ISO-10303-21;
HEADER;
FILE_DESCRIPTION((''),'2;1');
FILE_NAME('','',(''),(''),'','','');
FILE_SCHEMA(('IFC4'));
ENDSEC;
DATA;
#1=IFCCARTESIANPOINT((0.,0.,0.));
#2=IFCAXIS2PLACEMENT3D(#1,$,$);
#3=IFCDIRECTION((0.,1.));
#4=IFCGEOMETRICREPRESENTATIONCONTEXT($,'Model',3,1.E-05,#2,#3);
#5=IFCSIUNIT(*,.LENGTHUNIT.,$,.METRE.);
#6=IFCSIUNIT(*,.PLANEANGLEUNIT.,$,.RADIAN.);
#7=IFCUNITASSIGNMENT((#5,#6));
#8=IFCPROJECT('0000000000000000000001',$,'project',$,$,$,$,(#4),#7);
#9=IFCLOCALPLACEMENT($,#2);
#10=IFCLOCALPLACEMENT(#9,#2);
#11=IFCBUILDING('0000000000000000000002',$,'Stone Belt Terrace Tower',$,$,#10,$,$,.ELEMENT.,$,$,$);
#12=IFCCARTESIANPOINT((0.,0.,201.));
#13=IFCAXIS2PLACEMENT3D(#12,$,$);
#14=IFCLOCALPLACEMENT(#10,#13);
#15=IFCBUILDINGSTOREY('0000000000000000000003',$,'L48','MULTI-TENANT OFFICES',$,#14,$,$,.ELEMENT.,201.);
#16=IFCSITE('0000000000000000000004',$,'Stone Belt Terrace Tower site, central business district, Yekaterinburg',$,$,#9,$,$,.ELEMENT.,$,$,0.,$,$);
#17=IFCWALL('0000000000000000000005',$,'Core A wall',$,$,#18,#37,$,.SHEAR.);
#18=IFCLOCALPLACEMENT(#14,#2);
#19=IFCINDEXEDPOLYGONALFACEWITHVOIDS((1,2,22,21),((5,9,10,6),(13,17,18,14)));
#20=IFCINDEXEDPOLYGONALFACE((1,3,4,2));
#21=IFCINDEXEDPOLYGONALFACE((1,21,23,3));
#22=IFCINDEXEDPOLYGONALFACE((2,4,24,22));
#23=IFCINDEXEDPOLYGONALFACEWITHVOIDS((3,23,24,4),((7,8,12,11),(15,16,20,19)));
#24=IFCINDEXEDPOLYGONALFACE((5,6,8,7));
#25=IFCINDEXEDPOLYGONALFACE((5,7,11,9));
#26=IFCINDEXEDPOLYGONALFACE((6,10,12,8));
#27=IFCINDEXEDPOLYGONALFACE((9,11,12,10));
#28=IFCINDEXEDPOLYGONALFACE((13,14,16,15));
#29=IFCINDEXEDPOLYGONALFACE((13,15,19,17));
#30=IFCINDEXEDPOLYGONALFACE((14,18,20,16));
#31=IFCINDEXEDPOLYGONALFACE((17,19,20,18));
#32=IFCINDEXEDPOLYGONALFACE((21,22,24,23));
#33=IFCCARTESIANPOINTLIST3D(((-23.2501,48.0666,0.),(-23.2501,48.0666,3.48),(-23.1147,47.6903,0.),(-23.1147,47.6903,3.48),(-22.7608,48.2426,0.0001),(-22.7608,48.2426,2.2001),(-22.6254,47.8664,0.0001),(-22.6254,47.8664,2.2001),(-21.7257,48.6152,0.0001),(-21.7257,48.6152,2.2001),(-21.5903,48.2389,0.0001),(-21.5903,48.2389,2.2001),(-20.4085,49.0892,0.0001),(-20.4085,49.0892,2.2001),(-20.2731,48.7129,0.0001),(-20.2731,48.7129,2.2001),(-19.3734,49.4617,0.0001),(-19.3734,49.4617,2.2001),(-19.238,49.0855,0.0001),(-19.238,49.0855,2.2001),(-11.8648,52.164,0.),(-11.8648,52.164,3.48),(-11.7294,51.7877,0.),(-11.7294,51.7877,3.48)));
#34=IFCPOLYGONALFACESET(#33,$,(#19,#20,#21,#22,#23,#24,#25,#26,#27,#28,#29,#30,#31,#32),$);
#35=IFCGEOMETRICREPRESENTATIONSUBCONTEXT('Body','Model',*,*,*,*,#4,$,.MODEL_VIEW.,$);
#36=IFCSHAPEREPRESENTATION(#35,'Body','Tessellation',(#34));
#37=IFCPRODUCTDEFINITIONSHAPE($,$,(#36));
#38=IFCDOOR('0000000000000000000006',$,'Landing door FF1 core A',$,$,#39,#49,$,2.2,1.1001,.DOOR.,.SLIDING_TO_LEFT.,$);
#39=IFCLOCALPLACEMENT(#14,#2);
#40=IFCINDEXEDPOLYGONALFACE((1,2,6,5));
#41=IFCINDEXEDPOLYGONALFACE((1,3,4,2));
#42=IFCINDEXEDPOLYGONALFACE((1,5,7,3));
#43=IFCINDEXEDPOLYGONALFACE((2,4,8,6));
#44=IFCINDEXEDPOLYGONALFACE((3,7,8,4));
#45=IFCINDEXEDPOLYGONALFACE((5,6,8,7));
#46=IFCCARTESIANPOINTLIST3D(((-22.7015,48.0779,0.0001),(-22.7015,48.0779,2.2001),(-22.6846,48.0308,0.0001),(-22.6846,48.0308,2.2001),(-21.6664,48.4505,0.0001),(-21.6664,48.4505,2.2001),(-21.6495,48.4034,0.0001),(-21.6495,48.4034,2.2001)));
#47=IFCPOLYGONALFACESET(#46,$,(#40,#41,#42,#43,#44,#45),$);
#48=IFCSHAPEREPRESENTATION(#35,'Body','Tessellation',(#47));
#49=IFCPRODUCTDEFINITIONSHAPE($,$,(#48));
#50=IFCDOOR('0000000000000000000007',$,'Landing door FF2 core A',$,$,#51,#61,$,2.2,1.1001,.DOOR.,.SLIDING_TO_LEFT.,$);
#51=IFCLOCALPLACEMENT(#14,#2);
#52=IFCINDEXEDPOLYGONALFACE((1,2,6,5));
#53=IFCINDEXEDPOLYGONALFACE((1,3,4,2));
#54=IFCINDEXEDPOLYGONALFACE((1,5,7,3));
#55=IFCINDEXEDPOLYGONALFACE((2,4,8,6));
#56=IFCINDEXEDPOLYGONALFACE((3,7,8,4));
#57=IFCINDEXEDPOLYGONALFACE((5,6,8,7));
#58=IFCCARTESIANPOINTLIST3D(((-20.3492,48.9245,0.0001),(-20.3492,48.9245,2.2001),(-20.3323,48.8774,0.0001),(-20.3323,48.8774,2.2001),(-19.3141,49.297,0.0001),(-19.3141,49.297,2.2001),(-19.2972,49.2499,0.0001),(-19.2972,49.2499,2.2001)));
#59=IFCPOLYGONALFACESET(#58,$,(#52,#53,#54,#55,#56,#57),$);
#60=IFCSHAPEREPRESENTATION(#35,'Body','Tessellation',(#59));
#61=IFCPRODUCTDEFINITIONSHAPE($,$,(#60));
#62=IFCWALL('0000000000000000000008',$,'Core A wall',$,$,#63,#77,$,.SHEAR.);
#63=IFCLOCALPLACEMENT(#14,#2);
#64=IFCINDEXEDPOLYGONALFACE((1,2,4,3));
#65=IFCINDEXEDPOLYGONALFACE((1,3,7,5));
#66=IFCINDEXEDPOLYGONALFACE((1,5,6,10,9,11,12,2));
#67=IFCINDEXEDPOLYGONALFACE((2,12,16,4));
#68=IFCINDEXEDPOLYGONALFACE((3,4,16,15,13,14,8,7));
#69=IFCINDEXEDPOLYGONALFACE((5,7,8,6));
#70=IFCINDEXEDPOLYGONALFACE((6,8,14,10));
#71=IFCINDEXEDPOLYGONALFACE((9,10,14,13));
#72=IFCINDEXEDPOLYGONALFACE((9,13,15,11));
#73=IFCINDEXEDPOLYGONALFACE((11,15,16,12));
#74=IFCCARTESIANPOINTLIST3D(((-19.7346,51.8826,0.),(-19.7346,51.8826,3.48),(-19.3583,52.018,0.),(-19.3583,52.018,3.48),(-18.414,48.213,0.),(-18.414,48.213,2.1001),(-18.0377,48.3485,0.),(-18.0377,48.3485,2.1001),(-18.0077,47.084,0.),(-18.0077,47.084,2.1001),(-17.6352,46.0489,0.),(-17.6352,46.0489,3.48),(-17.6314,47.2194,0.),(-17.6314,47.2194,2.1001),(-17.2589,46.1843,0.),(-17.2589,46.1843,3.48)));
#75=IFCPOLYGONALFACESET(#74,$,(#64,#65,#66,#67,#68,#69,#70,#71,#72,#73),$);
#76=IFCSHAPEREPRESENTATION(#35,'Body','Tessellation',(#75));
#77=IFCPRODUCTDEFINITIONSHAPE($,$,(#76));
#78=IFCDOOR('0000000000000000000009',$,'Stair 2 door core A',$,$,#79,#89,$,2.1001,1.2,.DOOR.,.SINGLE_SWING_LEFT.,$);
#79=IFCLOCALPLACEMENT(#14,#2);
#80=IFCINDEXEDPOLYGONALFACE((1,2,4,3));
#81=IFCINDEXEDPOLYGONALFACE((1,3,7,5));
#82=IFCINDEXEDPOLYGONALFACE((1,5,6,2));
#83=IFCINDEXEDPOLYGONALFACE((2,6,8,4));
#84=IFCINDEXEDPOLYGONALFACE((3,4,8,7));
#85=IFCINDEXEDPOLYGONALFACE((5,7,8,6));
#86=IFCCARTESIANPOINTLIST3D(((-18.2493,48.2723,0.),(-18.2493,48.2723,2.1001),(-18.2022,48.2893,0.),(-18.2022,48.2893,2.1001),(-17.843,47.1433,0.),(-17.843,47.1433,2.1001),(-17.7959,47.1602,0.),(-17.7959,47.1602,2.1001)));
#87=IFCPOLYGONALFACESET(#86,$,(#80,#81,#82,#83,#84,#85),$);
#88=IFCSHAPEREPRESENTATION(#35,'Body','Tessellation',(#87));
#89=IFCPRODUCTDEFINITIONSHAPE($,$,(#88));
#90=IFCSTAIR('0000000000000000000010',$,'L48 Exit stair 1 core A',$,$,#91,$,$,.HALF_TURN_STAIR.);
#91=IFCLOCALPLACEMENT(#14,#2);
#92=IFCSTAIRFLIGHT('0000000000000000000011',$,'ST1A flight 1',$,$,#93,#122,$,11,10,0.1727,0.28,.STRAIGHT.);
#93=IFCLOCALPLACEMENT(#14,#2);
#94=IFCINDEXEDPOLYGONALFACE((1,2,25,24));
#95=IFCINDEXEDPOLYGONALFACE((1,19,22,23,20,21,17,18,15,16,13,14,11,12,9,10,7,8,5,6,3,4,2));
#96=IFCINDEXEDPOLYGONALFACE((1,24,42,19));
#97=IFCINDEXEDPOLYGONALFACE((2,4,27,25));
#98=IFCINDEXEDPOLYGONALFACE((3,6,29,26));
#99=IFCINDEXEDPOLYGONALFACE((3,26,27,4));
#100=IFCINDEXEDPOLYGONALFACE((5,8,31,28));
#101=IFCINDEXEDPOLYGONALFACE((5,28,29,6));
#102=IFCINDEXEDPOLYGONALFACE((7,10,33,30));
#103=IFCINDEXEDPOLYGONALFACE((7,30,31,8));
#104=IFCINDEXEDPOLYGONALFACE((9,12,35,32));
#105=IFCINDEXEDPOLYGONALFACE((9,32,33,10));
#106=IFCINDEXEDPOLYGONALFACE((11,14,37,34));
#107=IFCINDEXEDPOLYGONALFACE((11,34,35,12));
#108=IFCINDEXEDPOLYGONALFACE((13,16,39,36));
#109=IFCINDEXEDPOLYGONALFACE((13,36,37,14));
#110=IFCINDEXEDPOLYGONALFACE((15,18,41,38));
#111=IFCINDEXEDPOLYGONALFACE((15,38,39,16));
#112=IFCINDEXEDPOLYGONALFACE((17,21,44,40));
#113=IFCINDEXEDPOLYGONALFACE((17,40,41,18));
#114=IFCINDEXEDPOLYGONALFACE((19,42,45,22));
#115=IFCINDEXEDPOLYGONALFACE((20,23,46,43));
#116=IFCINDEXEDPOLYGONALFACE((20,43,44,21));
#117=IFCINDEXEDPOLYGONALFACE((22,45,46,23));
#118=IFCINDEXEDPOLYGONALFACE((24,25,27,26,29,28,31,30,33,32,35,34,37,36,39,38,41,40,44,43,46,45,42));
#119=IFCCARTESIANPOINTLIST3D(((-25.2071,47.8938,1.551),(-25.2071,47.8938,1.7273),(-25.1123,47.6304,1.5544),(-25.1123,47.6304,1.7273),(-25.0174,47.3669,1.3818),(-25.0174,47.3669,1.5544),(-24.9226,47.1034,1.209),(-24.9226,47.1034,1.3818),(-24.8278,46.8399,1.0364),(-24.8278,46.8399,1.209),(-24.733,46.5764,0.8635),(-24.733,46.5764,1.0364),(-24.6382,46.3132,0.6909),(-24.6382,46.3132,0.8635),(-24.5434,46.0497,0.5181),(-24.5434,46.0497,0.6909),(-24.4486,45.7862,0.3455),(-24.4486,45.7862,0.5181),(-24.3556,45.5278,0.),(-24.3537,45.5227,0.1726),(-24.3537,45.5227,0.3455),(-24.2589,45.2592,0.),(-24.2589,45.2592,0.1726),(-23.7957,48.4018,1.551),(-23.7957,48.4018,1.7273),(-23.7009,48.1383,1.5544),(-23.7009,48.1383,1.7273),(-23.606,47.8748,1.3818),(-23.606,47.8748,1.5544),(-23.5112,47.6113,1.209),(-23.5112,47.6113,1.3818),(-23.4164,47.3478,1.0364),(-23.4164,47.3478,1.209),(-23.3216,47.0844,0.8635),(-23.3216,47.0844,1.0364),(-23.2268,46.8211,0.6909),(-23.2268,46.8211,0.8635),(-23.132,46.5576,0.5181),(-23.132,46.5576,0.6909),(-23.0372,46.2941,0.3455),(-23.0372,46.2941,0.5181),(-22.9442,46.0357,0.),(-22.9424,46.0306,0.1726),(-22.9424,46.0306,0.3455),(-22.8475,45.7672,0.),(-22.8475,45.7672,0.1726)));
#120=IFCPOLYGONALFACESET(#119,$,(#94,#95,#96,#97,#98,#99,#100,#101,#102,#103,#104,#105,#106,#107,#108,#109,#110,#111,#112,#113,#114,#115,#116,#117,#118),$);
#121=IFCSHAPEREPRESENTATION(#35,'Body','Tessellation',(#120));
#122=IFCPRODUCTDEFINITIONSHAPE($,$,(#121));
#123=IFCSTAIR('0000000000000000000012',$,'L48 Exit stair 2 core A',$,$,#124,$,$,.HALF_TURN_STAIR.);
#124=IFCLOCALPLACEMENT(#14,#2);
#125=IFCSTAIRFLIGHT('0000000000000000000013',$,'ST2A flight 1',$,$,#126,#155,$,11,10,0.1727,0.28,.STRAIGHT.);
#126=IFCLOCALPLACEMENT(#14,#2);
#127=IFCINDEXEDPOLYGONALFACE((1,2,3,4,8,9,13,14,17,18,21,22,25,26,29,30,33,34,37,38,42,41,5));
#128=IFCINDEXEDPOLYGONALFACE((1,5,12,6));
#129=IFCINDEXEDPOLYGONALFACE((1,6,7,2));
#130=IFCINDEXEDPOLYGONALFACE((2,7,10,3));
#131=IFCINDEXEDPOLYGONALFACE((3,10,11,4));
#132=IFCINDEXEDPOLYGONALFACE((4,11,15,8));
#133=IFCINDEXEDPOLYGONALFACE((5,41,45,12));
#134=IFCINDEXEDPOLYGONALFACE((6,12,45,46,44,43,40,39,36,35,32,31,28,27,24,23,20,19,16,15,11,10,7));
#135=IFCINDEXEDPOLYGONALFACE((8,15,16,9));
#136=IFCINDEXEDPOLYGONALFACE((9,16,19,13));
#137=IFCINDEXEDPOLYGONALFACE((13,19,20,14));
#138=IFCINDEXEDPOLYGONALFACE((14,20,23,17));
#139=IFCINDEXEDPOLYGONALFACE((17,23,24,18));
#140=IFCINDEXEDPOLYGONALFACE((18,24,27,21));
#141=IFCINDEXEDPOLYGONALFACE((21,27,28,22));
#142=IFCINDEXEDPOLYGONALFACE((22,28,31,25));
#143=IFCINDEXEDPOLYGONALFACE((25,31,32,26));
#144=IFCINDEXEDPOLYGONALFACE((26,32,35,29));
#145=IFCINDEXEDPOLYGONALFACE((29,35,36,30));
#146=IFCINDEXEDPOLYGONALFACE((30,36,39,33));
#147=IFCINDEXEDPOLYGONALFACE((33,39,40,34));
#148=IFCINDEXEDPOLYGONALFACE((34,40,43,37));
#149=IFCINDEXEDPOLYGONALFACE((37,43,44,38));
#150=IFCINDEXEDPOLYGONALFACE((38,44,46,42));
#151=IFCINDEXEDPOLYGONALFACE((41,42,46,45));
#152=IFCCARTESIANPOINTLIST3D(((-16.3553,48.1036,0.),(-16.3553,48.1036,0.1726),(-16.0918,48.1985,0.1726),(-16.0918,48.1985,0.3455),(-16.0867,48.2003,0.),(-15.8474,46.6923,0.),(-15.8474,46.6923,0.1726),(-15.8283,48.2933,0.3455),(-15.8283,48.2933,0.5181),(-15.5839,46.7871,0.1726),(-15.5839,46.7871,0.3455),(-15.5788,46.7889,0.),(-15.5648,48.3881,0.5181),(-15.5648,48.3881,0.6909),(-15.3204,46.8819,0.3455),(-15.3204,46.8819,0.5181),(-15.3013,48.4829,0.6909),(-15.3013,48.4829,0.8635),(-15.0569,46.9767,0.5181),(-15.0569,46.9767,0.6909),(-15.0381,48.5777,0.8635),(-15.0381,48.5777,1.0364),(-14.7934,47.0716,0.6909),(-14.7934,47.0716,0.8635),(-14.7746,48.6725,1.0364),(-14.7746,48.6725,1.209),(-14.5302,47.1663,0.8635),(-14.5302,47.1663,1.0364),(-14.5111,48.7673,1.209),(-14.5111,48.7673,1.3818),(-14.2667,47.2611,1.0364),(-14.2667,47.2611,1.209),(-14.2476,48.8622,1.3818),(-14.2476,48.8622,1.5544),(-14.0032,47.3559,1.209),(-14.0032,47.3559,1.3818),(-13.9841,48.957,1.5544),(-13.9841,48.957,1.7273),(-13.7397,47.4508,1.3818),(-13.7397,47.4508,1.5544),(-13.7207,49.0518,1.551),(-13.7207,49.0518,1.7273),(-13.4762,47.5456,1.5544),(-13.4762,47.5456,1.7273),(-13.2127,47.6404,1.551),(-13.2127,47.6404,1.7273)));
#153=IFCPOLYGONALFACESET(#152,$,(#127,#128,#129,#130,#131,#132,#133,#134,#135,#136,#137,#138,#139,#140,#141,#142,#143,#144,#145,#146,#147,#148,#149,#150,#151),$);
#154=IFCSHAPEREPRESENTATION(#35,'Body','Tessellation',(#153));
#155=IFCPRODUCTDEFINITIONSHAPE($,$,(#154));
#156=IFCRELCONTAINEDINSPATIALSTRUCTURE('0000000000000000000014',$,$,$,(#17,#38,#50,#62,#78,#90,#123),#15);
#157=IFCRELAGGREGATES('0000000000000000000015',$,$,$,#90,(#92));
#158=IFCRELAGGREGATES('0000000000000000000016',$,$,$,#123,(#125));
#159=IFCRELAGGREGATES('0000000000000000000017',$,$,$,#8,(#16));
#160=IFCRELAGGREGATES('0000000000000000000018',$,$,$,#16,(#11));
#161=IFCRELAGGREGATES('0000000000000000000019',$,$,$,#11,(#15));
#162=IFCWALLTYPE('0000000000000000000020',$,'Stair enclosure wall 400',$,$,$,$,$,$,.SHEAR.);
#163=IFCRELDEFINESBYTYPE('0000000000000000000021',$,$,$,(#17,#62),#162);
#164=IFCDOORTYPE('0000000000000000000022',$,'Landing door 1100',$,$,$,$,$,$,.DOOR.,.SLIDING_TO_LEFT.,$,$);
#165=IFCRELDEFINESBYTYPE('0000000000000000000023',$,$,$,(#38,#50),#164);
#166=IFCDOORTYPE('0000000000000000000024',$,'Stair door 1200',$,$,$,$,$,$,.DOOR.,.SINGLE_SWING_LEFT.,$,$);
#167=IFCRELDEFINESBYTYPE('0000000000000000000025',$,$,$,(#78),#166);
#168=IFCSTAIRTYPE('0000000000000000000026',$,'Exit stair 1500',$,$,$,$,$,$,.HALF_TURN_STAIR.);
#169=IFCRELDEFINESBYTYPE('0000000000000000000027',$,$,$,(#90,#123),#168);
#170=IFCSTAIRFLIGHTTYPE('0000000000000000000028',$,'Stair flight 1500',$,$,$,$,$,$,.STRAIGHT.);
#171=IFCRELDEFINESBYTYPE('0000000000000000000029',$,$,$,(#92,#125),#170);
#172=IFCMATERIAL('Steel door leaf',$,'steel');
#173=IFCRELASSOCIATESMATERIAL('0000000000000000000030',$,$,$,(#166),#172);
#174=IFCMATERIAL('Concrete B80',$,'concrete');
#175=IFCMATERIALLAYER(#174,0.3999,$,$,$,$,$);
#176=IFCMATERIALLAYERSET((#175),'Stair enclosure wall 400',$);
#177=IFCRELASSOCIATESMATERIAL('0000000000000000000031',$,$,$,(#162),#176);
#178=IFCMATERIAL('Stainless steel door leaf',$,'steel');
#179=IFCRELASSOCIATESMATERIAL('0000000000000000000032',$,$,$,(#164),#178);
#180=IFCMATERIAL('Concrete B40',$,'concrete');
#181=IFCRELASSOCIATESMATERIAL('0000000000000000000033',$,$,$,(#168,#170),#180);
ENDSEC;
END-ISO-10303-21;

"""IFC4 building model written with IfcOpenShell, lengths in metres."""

from ifc_helpers import new_model, si_unit, direction, frame, frame_2d, origin, place, context, subcontext, project, spatial, polyline, rectangle, outline, extrude, material, layer, layer_set, type_object, element, fill, aggregate, save


model = new_model("IFC4")

# Units and contexts
model_context = context("Model", 3, precision=1e-05, world=origin(), true_north=direction((0.0, 1.0)))
body_context = subcontext(model_context, "Body", "Model", "MODEL_VIEW")
ifc_project = project(units=[si_unit("LENGTHUNIT", "METRE"), si_unit("PLANEANGLEUNIT", "RADIAN")], contexts=[model_context])

# Site, building, storey
site_placement = place(None, origin())
site = spatial("IfcSite", under=ifc_project, at=site_placement, Name="Stone Belt Terrace Tower site, central business district, Yekaterinburg", CompositionType="ELEMENT", RefElevation=0.0)
building_placement = place(site_placement, origin())
building = spatial("IfcBuilding", under=site, at=building_placement, Name="Stone Belt Terrace Tower", CompositionType="ELEMENT")
storey_placement = place(building_placement, frame((0.0, 0.0, 201.0)))
storey = spatial("IfcBuildingStorey", under=building, at=storey_placement, Name="L48", Description="MULTI-TENANT OFFICES", CompositionType="ELEMENT", Elevation=201.0)

# Shared definitions
ifc_material_1 = material(Name="Concrete B80", Category="concrete")

# Shared definitions
ifc_material_2 = material(Name="Steel door leaf", Category="steel")
door_type_1 = type_object("IfcDoorType", Name="Stair door 1200", OperationType="SINGLE_SWING_LEFT", PredefinedType="DOOR", material=ifc_material_2)
ifc_layer_1 = layer(ifc_material_1, 0.3999)
ifc_layer_set_1 = layer_set([ifc_layer_1], Name="Stair enclosure wall 400")
wall_type_1 = type_object("IfcWallType", Name="Stair enclosure wall 400", PredefinedType="SHEAR", material=ifc_layer_set_1)

# Wall, openings, doors
wall_1_placement = place(storey_placement, frame((-23.1824, 47.8784, 0.0), z_axis=(0.0, 0.0, 1.0), x_axis=(0.940921, 0.338626, 0.0)))
wall_1 = element("IfcWall", 1, at=wall_1_placement, inside=storey, type_object=wall_type_1, Name="Core A wall", PredefinedType="SHEAR", context=body_context, shape_type="SweptSolid", body=[
    extrude(rectangle(XDim=12.1001, YDim=0.3999, at=frame_2d((6.05, 0.0))), origin(), (0.0, 0.0, 1.0), 3.48),
])
opening_1_placement = place(wall_1_placement, frame((0.52, 0.0, 0.0)))
opening_1 = element("IfcOpeningElement", 2, at=opening_1_placement, cuts=wall_1, PredefinedType="OPENING", context=body_context, shape_type="SweptSolid", body=[
    extrude(rectangle(XDim=1.1001, YDim=2.2, at=frame_2d((0.55, 1.1001))), frame((0.0, 0.21, 0.0), z_axis=(0.0, -1.0, 0.0), x_axis=(1.0, 0.0, 0.0)), (0.0, 0.0, 1.0), 0.4199),
])
opening_2_placement = place(wall_1_placement, frame((3.02, 0.0, 0.0)))
opening_2 = element("IfcOpeningElement", 3, at=opening_2_placement, cuts=wall_1, PredefinedType="OPENING", context=body_context, shape_type="SweptSolid", body=[
    extrude(rectangle(XDim=1.1001, YDim=2.2, at=frame_2d((0.55, 1.1001))), frame((0.0, 0.21, 0.0), z_axis=(0.0, -1.0, 0.0), x_axis=(1.0, 0.0, 0.0)), (0.0, 0.0, 1.0), 0.4199),
])
ifc_material_3 = material(Name="Stainless steel door leaf", Category="steel")
door_type_2 = type_object("IfcDoorType", Name="Landing door 1100", OperationType="SLIDING_TO_LEFT", PredefinedType="DOOR", material=ifc_material_3)
door_1_placement = place(opening_1_placement, origin())
door_1 = element("IfcDoor", 4, at=door_1_placement, inside=storey, type_object=door_type_2, Name="Landing door FF1 core A", OperationType="SLIDING_TO_LEFT", OverallHeight=2.2, OverallWidth=1.1001, PredefinedType="DOOR", context=body_context, shape_type="SweptSolid", body=[
    extrude(rectangle(XDim=1.1001, YDim=2.2, at=frame_2d((0.55, 1.1001))), frame((0.0, 0.0249, 0.0), z_axis=(0.0, -1.0, 0.0), x_axis=(1.0, 0.0, 0.0)), (0.0, 0.0, 1.0), 0.05),
])
fill(opening_1, door_1)
door_2_placement = place(opening_2_placement, origin())
door_2 = element("IfcDoor", 5, at=door_2_placement, inside=storey, type_object=door_type_2, Name="Landing door FF2 core A", OperationType="SLIDING_TO_LEFT", OverallHeight=2.2, OverallWidth=1.1001, PredefinedType="DOOR", context=body_context, shape_type="SweptSolid", body=[
    extrude(rectangle(XDim=1.1001, YDim=2.2, at=frame_2d((0.55, 1.1001))), frame((0.0, 0.0249, 0.0), z_axis=(0.0, -1.0, 0.0), x_axis=(1.0, 0.0, 0.0)), (0.0, 0.0, 1.0), 0.05),
])
fill(opening_2, door_2)

# Wall, opening, door
wall_2_placement = place(storey_placement, frame((-17.447, 46.1165, 0.0), z_axis=(0.0, 0.0, 1.0), x_axis=(-0.338608, 0.940928, 0.0)))
wall_2 = element("IfcWall", 6, at=wall_2_placement, inside=storey, type_object=wall_type_1, Name="Core A wall", PredefinedType="SHEAR", context=body_context, shape_type="SweptSolid", body=[
    extrude(rectangle(XDim=6.2, YDim=0.3999, at=frame_2d((3.1001, 0.0))), origin(), (0.0, 0.0, 1.0), 3.48),
])
opening_3_placement = place(wall_2_placement, frame((1.1001, 0.0, 0.0)))
opening_3 = element("IfcOpeningElement", 7, at=opening_3_placement, cuts=wall_2, PredefinedType="OPENING", context=body_context, shape_type="SweptSolid", body=[
    extrude(rectangle(XDim=1.2, YDim=2.1001, at=frame_2d((0.6001, 1.05))), frame((0.0, 0.21, 0.0), z_axis=(0.0, -1.0, 0.0), x_axis=(1.0, 0.0, 0.0)), (0.0, 0.0, 1.0), 0.4199),
])
door_3_placement = place(opening_3_placement, origin())
door_3 = element("IfcDoor", 8, at=door_3_placement, inside=storey, type_object=door_type_1, Name="Stair 2 door core A", OperationType="SINGLE_SWING_LEFT", OverallHeight=2.1001, OverallWidth=1.2, PredefinedType="DOOR", context=body_context, shape_type="SweptSolid", body=[
    extrude(rectangle(XDim=1.2, YDim=2.1001, at=frame_2d((0.6001, 1.05))), frame((0.0, 0.0249, 0.0), z_axis=(0.0, -1.0, 0.0), x_axis=(1.0, 0.0, 0.0)), (0.0, 0.0, 1.0), 0.05),
])
fill(opening_3, door_3)

# Stairs, stair flights
ifc_material_4 = material(Name="Concrete B40", Category="concrete")
stair_type = type_object("IfcStairType", Name="Exit stair 1500", PredefinedType="HALF_TURN_STAIR", material=ifc_material_4)
stair_1_placement = place(storey_placement, origin())
stair_1 = element("IfcStair", 9, at=stair_1_placement, inside=storey, type_object=stair_type, Name="L48 Exit stair 1 core A", PredefinedType="HALF_TURN_STAIR")
stair_flight_type = type_object("IfcStairFlightType", Name="Stair flight 1500", PredefinedType="STRAIGHT", material=ifc_material_4)
stair_flight_1_placement = place(storey_placement, frame((-23.5532, 45.5132, 0.0), z_axis=(0.0, 0.0, 1.0), x_axis=(-0.338624, 0.940922, 0.0)))
stair_flight_1 = element("IfcStairFlight", 10, at=stair_flight_1_placement, type_object=stair_flight_type, Name="ST1A flight 1", NumberOfRisers=11, NumberOfTreads=10, PredefinedType="STRAIGHT", RiserHeight=0.1727, TreadLength=0.28, context=body_context, shape_type="SweptSolid", body=[
    extrude(outline(polyline([(0.0, 0.0), (0.0, 0.1726), (0.28, 0.1726), (0.28, 0.3455), (0.5601, 0.3455), (0.5601, 0.5181), (0.8401, 0.5181), (0.8401, 0.6909), (1.1201, 0.6909), (1.1201, 0.8635), (1.3999, 0.8635), (1.3999, 1.0364), (1.6799, 1.0364), (1.6799, 1.209), (1.96, 1.209), (1.96, 1.3818), (2.24, 1.3818), (2.24, 1.5544), (2.52, 1.5544), (2.52, 1.7273), (2.8, 1.7273), (2.8, 1.8999), (2.8, 1.551), (0.2854, 0.0), (0.0, 0.0)])), frame((0.0, 0.75, 0.0), z_axis=(0.0, -1.0, 0.0), x_axis=(1.0, 0.0, 0.0)), (0.0, 0.0, 1.0), 1.5),
])
aggregate(stair_1, [stair_flight_1])
stair_2_placement = place(storey_placement, origin())
stair_2 = element("IfcStair", 11, at=stair_2_placement, inside=storey, type_object=stair_type, Name="L48 Exit stair 2 core A", PredefinedType="HALF_TURN_STAIR")
stair_flight_2_placement = place(storey_placement, frame((-16.1013, 47.3979, 0.0), z_axis=(0.0, 0.0, 1.0), x_axis=(0.940922, 0.338624, 0.0)))
stair_flight_2 = element("IfcStairFlight", 12, at=stair_flight_2_placement, type_object=stair_flight_type, Name="ST2A flight 1", NumberOfRisers=11, NumberOfTreads=10, PredefinedType="STRAIGHT", RiserHeight=0.1727, TreadLength=0.28, context=body_context, shape_type="SweptSolid", body=[
    extrude(outline(polyline([(0.0, 0.0), (0.0, 0.1726), (0.28, 0.1726), (0.28, 0.3455), (0.5601, 0.3455), (0.5601, 0.5181), (0.8401, 0.5181), (0.8401, 0.6909), (1.1201, 0.6909), (1.1201, 0.8635), (1.3999, 0.8635), (1.3999, 1.0364), (1.6799, 1.0364), (1.6799, 1.209), (1.96, 1.209), (1.96, 1.3818), (2.24, 1.3818), (2.24, 1.5544), (2.52, 1.5544), (2.52, 1.7273), (2.8, 1.7273), (2.8, 1.8999), (2.8, 1.551), (0.2854, 0.0), (0.0, 0.0)])), frame((0.0, 0.75, 0.0), z_axis=(0.0, -1.0, 0.0), x_axis=(1.0, 0.0, 0.0)), (0.0, 0.0, 1.0), 1.5),
])
aggregate(stair_2, [stair_flight_2])

save(model, "model.ifc")
